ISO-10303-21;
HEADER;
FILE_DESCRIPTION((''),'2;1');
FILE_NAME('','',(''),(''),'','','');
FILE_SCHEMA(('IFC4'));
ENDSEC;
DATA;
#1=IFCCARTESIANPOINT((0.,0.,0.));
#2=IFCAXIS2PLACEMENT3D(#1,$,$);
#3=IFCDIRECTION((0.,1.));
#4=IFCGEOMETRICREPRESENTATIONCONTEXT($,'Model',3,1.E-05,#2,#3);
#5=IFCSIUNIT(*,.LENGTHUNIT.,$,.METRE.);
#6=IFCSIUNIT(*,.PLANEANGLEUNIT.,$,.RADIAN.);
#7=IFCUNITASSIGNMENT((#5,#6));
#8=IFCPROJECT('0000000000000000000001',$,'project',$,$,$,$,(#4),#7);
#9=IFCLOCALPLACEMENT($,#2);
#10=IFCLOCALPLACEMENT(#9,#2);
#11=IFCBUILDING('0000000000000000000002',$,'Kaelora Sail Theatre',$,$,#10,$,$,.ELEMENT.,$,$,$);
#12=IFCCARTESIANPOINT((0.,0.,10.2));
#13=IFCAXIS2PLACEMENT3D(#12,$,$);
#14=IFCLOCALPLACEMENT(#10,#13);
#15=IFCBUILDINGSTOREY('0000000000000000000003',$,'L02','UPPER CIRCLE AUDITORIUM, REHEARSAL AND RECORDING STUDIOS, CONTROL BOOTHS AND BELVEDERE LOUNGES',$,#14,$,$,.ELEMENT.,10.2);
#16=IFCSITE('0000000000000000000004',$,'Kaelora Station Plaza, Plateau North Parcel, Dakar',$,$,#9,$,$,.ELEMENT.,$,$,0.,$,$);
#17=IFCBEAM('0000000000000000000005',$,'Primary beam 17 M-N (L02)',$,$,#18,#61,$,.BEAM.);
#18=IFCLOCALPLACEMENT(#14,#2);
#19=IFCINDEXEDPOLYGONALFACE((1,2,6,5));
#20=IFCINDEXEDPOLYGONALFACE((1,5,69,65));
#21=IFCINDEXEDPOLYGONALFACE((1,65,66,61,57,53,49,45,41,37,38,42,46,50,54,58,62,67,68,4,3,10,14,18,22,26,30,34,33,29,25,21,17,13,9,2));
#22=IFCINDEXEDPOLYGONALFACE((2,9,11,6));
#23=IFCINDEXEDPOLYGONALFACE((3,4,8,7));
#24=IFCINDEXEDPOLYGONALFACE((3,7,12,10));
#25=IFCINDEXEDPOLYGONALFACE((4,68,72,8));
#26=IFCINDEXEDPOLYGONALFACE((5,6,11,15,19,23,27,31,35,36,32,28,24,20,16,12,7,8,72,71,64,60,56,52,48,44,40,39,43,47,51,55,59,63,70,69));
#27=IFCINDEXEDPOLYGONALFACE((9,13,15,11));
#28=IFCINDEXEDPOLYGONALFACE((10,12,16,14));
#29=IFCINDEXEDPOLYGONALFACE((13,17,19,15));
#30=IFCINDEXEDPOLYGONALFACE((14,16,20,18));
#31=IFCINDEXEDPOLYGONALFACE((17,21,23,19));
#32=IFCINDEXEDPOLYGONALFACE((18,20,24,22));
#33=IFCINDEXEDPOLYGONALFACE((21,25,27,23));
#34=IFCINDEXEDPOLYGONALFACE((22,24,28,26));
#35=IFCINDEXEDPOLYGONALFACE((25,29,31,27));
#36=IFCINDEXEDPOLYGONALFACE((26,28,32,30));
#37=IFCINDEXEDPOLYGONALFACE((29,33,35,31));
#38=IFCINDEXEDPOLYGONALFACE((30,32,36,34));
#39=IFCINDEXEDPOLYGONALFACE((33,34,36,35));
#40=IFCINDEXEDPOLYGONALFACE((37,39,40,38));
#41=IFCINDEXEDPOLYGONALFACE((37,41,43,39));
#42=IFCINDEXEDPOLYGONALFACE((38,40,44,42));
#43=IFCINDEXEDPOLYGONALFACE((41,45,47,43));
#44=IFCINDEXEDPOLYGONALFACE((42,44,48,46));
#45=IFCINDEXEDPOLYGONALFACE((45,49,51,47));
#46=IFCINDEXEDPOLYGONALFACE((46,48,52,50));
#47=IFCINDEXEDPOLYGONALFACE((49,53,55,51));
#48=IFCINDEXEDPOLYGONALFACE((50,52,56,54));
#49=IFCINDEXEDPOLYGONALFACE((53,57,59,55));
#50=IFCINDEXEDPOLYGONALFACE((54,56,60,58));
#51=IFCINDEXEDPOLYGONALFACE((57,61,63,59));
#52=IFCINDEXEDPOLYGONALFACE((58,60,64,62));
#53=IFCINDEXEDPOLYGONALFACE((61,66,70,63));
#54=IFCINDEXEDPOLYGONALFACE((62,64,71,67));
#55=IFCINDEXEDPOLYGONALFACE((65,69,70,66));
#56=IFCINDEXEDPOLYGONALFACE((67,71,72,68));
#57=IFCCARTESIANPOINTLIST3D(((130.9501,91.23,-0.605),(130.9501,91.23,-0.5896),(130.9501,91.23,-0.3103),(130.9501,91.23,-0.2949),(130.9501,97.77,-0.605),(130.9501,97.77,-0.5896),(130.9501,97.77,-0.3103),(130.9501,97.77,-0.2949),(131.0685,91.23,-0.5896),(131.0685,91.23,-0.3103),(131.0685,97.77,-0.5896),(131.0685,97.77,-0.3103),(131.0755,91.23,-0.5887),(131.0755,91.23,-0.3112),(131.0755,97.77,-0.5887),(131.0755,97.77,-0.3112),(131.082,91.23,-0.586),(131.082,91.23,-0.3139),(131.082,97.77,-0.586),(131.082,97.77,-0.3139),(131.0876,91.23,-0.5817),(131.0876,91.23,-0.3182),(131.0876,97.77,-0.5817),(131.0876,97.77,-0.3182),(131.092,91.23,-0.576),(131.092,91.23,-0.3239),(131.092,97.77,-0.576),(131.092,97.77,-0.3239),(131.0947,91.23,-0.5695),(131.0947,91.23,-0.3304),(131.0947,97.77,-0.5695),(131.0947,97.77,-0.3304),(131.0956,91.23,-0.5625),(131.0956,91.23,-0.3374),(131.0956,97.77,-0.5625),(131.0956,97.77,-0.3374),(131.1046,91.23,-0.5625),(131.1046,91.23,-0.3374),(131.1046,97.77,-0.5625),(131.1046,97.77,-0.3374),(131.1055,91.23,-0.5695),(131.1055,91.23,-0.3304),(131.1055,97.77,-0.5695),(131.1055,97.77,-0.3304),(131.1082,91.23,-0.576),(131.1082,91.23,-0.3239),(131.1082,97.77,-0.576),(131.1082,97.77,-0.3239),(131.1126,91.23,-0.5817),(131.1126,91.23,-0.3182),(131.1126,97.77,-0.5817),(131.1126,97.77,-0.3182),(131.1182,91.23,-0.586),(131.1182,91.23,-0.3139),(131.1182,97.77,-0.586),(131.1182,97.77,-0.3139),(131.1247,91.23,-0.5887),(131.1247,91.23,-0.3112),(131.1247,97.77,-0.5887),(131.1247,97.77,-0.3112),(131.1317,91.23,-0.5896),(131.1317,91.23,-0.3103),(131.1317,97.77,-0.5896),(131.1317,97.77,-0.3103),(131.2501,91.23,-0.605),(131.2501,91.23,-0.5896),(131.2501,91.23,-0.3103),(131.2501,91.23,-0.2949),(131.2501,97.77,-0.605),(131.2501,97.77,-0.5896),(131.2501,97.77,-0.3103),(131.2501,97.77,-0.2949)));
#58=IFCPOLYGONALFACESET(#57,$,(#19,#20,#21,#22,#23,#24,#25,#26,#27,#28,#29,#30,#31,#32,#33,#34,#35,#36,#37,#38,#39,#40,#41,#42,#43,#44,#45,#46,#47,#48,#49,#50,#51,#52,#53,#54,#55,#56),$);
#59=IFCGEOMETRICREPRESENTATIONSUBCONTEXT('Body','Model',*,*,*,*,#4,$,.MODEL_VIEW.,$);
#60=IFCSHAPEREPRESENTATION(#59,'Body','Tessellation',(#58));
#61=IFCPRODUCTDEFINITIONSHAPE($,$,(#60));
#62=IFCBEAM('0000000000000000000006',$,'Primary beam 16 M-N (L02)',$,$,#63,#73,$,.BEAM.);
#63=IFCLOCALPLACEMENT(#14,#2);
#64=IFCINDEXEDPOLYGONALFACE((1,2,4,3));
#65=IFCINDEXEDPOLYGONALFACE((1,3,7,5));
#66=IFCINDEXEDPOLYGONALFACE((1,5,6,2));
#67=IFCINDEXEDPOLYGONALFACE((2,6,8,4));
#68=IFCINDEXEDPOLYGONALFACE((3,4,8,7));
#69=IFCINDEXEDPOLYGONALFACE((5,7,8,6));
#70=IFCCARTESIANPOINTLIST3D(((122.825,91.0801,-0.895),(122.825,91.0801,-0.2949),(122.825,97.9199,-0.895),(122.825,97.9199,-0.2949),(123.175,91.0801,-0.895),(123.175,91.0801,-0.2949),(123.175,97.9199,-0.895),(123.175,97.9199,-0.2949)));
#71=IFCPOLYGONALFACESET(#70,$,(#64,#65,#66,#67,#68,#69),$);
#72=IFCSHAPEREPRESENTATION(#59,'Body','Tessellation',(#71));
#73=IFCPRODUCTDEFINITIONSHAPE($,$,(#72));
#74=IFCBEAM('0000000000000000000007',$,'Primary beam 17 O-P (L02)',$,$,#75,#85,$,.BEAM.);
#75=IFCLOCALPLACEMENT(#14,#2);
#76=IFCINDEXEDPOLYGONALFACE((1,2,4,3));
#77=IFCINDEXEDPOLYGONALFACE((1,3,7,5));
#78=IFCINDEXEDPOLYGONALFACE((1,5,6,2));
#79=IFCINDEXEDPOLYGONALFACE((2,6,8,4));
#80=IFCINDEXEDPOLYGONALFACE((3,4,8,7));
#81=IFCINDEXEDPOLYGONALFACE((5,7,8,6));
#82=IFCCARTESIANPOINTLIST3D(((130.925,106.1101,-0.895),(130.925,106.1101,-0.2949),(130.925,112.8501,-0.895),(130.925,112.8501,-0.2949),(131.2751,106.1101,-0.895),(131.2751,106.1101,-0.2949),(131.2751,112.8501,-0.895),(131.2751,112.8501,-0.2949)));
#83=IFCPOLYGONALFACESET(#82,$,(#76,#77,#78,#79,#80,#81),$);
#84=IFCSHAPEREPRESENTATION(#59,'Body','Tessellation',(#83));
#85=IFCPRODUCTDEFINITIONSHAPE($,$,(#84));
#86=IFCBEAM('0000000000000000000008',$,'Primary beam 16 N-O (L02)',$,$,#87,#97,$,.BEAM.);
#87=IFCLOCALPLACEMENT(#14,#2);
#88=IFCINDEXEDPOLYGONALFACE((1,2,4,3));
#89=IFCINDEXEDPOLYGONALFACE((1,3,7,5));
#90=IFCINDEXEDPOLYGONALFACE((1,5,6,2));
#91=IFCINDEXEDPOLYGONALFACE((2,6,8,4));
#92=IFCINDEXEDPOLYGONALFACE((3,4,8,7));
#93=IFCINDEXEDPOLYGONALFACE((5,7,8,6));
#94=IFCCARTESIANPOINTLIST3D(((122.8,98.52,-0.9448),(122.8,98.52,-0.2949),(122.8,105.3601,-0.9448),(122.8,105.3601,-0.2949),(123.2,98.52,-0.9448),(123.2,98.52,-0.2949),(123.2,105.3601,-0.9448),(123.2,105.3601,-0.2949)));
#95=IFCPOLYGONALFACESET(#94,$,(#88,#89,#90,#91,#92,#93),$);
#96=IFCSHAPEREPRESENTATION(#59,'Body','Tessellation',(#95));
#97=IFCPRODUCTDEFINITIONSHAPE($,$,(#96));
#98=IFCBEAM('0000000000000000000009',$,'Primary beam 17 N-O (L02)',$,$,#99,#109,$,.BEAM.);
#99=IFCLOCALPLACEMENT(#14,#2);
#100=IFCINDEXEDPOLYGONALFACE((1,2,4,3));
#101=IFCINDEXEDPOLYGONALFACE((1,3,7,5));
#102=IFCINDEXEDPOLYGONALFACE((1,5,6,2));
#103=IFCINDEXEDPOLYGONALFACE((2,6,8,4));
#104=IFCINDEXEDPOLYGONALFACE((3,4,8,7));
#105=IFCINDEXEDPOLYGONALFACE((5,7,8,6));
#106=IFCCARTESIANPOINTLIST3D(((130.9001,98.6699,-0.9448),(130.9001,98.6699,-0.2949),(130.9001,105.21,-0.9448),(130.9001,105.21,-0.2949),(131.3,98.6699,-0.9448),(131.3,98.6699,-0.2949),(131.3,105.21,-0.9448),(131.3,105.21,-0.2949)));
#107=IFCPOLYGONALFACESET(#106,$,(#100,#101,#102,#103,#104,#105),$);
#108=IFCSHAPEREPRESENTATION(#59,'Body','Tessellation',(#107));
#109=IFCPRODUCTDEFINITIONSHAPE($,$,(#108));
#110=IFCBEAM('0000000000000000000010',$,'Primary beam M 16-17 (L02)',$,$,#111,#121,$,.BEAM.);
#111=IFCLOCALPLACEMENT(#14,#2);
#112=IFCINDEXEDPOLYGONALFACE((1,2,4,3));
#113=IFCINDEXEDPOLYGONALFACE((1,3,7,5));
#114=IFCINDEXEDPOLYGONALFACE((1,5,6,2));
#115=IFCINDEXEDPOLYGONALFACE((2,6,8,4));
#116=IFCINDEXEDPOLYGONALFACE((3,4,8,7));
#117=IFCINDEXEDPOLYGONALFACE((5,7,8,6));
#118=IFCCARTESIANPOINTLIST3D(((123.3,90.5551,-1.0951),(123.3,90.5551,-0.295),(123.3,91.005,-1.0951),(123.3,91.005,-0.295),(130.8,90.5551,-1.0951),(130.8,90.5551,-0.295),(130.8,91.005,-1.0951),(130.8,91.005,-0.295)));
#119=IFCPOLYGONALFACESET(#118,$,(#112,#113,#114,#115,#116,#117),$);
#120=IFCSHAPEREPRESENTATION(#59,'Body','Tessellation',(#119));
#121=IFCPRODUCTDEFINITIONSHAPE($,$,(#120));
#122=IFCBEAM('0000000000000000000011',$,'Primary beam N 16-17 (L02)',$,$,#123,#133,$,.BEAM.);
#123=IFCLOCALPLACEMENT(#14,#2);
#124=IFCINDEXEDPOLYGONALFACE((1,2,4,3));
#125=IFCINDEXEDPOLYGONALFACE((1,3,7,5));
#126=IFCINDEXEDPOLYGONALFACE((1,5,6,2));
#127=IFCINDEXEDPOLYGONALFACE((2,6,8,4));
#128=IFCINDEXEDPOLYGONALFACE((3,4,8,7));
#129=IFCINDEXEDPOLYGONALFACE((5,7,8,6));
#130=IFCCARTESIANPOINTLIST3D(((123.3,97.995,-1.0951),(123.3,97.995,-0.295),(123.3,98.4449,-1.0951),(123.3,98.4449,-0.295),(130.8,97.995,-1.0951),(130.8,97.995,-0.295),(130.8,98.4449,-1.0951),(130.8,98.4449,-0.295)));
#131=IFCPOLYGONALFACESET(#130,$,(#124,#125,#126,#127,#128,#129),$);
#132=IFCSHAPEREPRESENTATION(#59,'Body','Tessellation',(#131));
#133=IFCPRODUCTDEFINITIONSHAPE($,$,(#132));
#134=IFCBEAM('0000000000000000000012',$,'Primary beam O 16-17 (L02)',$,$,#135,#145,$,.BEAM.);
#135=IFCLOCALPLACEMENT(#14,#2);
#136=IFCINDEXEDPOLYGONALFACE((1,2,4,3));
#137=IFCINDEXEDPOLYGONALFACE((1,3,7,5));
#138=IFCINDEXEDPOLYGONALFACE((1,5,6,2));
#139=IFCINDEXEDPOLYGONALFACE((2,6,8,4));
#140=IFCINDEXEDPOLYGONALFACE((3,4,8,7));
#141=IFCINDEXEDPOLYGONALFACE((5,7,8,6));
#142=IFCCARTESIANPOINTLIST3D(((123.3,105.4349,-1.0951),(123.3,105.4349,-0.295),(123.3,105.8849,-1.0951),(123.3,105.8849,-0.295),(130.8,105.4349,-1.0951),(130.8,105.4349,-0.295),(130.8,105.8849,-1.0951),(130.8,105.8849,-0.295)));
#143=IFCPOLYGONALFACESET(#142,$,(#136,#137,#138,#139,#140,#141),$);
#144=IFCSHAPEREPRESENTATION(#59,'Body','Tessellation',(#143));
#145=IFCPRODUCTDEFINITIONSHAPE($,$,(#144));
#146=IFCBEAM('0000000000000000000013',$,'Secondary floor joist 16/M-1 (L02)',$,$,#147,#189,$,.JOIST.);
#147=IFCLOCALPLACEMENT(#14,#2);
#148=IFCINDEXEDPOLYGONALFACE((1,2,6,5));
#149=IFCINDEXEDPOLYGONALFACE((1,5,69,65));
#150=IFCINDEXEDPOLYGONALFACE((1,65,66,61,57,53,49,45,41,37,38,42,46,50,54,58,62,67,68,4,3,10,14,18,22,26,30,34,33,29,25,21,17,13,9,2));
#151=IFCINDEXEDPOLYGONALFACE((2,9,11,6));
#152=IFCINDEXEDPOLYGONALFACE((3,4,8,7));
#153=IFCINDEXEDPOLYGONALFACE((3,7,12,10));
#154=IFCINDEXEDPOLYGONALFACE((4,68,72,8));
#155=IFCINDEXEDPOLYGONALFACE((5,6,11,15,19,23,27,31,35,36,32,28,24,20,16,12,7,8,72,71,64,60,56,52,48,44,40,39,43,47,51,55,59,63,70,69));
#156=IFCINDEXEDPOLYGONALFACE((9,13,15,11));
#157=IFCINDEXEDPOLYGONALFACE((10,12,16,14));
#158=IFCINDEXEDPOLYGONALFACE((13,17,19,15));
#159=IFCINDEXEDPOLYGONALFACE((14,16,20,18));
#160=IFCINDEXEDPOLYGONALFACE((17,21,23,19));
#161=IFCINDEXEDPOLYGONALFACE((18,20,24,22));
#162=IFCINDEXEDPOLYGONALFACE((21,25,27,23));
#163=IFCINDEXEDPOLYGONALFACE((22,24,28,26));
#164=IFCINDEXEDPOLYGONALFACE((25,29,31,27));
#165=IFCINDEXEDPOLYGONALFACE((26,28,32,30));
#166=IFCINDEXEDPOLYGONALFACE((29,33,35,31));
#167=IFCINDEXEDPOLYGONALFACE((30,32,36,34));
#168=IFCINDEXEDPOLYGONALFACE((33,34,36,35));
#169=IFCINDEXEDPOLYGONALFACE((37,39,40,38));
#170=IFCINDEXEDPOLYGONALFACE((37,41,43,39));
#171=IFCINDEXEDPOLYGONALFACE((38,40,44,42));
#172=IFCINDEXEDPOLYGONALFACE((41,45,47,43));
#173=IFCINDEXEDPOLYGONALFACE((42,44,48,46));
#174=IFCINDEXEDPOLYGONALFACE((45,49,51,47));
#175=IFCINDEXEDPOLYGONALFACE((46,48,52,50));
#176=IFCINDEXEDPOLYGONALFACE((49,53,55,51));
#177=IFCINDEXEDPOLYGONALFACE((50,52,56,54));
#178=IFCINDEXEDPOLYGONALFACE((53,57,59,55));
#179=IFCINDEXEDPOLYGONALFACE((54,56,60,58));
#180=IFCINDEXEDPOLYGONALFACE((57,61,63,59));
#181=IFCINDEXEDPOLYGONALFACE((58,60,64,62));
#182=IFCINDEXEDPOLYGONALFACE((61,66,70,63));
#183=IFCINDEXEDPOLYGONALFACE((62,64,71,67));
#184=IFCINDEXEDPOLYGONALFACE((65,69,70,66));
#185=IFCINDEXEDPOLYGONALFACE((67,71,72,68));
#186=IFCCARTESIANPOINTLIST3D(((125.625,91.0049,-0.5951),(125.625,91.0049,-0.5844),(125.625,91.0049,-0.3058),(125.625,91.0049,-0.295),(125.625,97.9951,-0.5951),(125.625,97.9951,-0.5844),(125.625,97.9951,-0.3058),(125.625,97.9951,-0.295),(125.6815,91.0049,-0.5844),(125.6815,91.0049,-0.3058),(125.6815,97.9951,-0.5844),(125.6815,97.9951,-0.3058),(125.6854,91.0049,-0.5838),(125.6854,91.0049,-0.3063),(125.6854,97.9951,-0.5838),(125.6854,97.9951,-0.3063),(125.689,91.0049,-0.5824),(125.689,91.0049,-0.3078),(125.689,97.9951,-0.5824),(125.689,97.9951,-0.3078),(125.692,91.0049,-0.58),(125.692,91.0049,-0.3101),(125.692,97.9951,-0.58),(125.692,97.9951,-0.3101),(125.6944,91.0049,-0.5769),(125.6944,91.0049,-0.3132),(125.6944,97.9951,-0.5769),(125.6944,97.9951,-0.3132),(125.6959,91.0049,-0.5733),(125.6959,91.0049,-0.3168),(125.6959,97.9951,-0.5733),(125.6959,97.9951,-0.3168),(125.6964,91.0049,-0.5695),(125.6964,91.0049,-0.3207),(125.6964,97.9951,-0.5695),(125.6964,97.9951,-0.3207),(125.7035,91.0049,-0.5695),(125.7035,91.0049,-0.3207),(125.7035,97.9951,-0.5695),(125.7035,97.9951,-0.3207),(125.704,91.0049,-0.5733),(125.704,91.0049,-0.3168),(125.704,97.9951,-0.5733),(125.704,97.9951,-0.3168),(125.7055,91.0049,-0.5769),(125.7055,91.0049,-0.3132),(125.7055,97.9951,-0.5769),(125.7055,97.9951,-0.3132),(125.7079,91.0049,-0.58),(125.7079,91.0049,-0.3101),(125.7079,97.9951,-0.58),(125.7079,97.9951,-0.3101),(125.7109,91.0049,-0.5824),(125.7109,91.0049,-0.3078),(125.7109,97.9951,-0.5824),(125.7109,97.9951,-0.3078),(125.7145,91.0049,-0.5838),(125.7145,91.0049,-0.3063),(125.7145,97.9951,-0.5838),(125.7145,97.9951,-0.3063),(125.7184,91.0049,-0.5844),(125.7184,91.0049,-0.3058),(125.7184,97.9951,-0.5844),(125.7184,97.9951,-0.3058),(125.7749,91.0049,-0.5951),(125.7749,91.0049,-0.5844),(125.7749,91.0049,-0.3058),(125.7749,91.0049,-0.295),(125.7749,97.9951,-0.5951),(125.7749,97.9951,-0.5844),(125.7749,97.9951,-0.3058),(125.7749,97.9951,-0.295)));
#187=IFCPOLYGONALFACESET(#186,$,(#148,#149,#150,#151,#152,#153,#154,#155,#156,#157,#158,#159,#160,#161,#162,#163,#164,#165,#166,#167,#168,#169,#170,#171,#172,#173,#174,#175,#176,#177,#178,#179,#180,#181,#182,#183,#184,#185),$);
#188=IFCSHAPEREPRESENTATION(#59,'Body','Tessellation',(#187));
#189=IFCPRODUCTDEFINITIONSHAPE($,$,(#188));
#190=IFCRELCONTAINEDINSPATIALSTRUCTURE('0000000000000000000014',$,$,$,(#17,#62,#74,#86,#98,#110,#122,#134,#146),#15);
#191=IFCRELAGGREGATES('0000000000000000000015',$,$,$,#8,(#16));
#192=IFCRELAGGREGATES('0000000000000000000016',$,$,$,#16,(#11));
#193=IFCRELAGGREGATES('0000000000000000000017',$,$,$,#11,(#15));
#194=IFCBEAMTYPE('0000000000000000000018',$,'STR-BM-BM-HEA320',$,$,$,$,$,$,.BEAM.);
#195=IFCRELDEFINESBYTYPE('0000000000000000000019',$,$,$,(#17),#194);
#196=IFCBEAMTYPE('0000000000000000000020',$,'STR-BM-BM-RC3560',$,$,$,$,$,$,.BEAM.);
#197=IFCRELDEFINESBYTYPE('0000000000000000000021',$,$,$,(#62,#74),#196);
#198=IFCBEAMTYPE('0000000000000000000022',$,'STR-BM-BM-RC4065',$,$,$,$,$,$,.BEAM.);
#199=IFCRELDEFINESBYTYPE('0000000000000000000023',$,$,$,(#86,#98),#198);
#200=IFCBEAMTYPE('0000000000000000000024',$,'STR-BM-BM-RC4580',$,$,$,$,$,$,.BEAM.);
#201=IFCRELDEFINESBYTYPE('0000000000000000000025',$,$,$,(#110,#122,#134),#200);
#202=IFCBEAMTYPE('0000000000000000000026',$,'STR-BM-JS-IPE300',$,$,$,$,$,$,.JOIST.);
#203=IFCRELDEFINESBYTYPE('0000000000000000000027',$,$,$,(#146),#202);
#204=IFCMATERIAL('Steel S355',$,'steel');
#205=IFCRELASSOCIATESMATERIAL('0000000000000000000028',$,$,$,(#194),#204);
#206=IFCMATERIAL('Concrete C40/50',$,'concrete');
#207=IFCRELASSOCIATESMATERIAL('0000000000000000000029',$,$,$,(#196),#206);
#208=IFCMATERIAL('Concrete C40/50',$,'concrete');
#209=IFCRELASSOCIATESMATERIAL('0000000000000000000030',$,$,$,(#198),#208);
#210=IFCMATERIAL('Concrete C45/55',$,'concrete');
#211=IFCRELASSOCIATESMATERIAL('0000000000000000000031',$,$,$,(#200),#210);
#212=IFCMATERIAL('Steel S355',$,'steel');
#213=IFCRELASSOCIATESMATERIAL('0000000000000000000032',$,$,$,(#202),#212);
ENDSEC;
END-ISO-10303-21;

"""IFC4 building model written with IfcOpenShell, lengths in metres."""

from ifc_helpers import new_model, si_unit, direction, frame, origin, origin_2d, place, context, subcontext, project, spatial, rectangle, i_section, extrude, material, material_profile, profile_set, type_object, element, save


model = new_model("IFC4")

# Units and contexts
model_context = context("Model", 3, precision=1e-05, world=origin(), true_north=direction((0.0, 1.0)))
body_context = subcontext(model_context, "Body", "Model", "MODEL_VIEW")
ifc_project = project(units=[si_unit("LENGTHUNIT", "METRE"), si_unit("PLANEANGLEUNIT", "RADIAN")], contexts=[model_context])

# Site, building, storey
site_placement = place(None, origin())
site = spatial("IfcSite", under=ifc_project, at=site_placement, Name="Kaelora Station Plaza, Plateau North Parcel, Dakar", CompositionType="ELEMENT", RefElevation=0.0)
building_placement = place(site_placement, origin())
building = spatial("IfcBuilding", under=site, at=building_placement, Name="Kaelora Sail Theatre", CompositionType="ELEMENT")
storey_placement = place(building_placement, frame((0.0, 0.0, 10.2)))
storey = spatial("IfcBuildingStorey", under=building, at=storey_placement, Name="L02", Description="UPPER CIRCLE AUDITORIUM, REHEARSAL AND RECORDING STUDIOS, CONTROL BOOTHS AND BELVEDERE LOUNGES", CompositionType="ELEMENT", Elevation=10.2)

# Beams
ifc_material_1 = material(Name="Steel S355", Category="steel")
ifc_material_profile_1 = material_profile(ifc_material_1, i_section(OverallWidth=0.3, OverallDepth=0.3101, WebThickness=0.009, FlangeThickness=0.0154, FilletRadius=0.0271, at=origin_2d()), Name="HEA 320")
ifc_profile_set_1 = profile_set([ifc_material_profile_1], Name="Steel S355")
beam_type_1 = type_object("IfcBeamType", Name="STR-BM-BM-HEA320", PredefinedType="BEAM", material=ifc_profile_set_1)
beam_1_placement = place(storey_placement, frame((131.1001, 91.23, -0.45), z_axis=(0.0, 1.0, 0.0), x_axis=(-1.0, 0.0, 0.0)))
element("IfcBeam", 1, at=beam_1_placement, inside=storey, type_object=beam_type_1, Name="Primary beam 17 M-N (L02)", PredefinedType="BEAM", context=body_context, shape_type="SweptSolid", body=[
    extrude(i_section(OverallWidth=0.3, OverallDepth=0.3101, WebThickness=0.009, FlangeThickness=0.0154, FilletRadius=0.0271, at=origin_2d()), origin(), (0.0, 0.0, 1.0), 6.54),
])
ifc_material_2 = material(Name="Concrete C40/50", Category="concrete")
ifc_material_profile_2 = material_profile(ifc_material_2, rectangle(XDim=0.3501, YDim=0.6001, at=origin_2d()), Name="RC-BM 350x600")
ifc_profile_set_2 = profile_set([ifc_material_profile_2], Name="Concrete C40/50")
beam_type_2 = type_object("IfcBeamType", Name="STR-BM-BM-RC3560", PredefinedType="BEAM", material=ifc_profile_set_2)
beam_2_placement = place(storey_placement, frame((123.0, 91.0801, -0.595), z_axis=(0.0, 1.0, 0.0), x_axis=(-1.0, 0.0, 0.0)))
element("IfcBeam", 2, at=beam_2_placement, inside=storey, type_object=beam_type_2, Name="Primary beam 16 M-N (L02)", PredefinedType="BEAM", context=body_context, shape_type="SweptSolid", body=[
    extrude(rectangle(XDim=0.3501, YDim=0.6001, at=origin_2d()), origin(), (0.0, 0.0, 1.0), 6.8398),
])
beam_3_placement = place(storey_placement, frame((131.1001, 106.1101, -0.595), z_axis=(0.0, 1.0, 0.0), x_axis=(-1.0, 0.0, 0.0)))
element("IfcBeam", 3, at=beam_3_placement, inside=storey, type_object=beam_type_2, Name="Primary beam 17 O-P (L02)", PredefinedType="BEAM", context=body_context, shape_type="SweptSolid", body=[
    extrude(rectangle(XDim=0.3501, YDim=0.6001, at=origin_2d()), origin(), (0.0, 0.0, 1.0), 6.74),
])
ifc_material_3 = material(Name="Concrete C40/50", Category="concrete")
ifc_material_profile_3 = material_profile(ifc_material_3, rectangle(XDim=0.3999, YDim=0.6499, at=origin_2d()), Name="RC-BM 400x650")
ifc_profile_set_3 = profile_set([ifc_material_profile_3], Name="Concrete C40/50")
beam_type_3 = type_object("IfcBeamType", Name="STR-BM-BM-RC4065", PredefinedType="BEAM", material=ifc_profile_set_3)
beam_4_placement = place(storey_placement, frame((123.0, 98.52, -0.6199), z_axis=(0.0, 1.0, 0.0), x_axis=(-1.0, 0.0, 0.0)))
element("IfcBeam", 4, at=beam_4_placement, inside=storey, type_object=beam_type_3, Name="Primary beam 16 N-O (L02)", PredefinedType="BEAM", context=body_context, shape_type="SweptSolid", body=[
    extrude(rectangle(XDim=0.3999, YDim=0.6499, at=origin_2d()), origin(), (0.0, 0.0, 1.0), 6.8401),
])
beam_5_placement = place(storey_placement, frame((131.1001, 98.6699, -0.6199), z_axis=(0.0, 1.0, 0.0), x_axis=(-1.0, 0.0, 0.0)))
element("IfcBeam", 5, at=beam_5_placement, inside=storey, type_object=beam_type_3, Name="Primary beam 17 N-O (L02)", PredefinedType="BEAM", context=body_context, shape_type="SweptSolid", body=[
    extrude(rectangle(XDim=0.3999, YDim=0.6499, at=origin_2d()), origin(), (0.0, 0.0, 1.0), 6.54),
])
ifc_material_4 = material(Name="Concrete C45/55", Category="concrete")
ifc_material_profile_4 = material_profile(ifc_material_4, rectangle(XDim=0.45, YDim=0.8, at=origin_2d()), Name="RC-BM 450x800")
ifc_profile_set_4 = profile_set([ifc_material_profile_4], Name="Concrete C45/55")
beam_type_4 = type_object("IfcBeamType", Name="STR-BM-BM-RC4580", PredefinedType="BEAM", material=ifc_profile_set_4)
for number, where, z_axis, x_axis, name in (
    (6, (123.3, 90.78, -0.6951), (1.0, 0.0, 0.0), (0.0, 1.0, 0.0), "Primary beam M 16-17 (L02)"),
    (7, (123.3, 98.22, -0.6951), (1.0, 0.0, 0.0), (0.0, 1.0, 0.0), "Primary beam N 16-17 (L02)"),
    (8, (123.3, 105.6599, -0.6951), (1.0, 0.0, 0.0), (0.0, 1.0, 0.0), "Primary beam O 16-17 (L02)"),
):
    element("IfcBeam", number, at=place(storey_placement, frame(where, z_axis=z_axis, x_axis=x_axis)), inside=storey, type_object=beam_type_4, Name=name, PredefinedType="BEAM", context=body_context, shape_type="SweptSolid", body=[
        extrude(rectangle(XDim=0.45, YDim=0.8, at=origin_2d()), origin(), (0.0, 0.0, 1.0), 7.5),
    ])
ifc_material_5 = material(Name="Steel S355", Category="steel")
ifc_material_profile_5 = material_profile(ifc_material_5, i_section(OverallWidth=0.1499, OverallDepth=0.3, WebThickness=0.0071, FlangeThickness=0.0107, FilletRadius=0.0149, at=origin_2d()), Name="IPE 300")
ifc_profile_set_5 = profile_set([ifc_material_profile_5], Name="Steel S355")
beam_type_5 = type_object("IfcBeamType", Name="STR-BM-JS-IPE300", PredefinedType="JOIST", material=ifc_profile_set_5)
beam_6_placement = place(storey_placement, frame((125.7, 91.0049, -0.4451), z_axis=(0.0, 1.0, 0.0), x_axis=(-1.0, 0.0, 0.0)))
element("IfcBeam", 9, at=beam_6_placement, inside=storey, type_object=beam_type_5, Name="Secondary floor joist 16/M-1 (L02)", PredefinedType="JOIST", context=body_context, shape_type="SweptSolid", body=[
    extrude(i_section(OverallWidth=0.1499, OverallDepth=0.3, WebThickness=0.0071, FlangeThickness=0.0107, FilletRadius=0.0149, at=origin_2d()), origin(), (0.0, 0.0, 1.0), 6.9902),
])

save(model, "model.ifc")
